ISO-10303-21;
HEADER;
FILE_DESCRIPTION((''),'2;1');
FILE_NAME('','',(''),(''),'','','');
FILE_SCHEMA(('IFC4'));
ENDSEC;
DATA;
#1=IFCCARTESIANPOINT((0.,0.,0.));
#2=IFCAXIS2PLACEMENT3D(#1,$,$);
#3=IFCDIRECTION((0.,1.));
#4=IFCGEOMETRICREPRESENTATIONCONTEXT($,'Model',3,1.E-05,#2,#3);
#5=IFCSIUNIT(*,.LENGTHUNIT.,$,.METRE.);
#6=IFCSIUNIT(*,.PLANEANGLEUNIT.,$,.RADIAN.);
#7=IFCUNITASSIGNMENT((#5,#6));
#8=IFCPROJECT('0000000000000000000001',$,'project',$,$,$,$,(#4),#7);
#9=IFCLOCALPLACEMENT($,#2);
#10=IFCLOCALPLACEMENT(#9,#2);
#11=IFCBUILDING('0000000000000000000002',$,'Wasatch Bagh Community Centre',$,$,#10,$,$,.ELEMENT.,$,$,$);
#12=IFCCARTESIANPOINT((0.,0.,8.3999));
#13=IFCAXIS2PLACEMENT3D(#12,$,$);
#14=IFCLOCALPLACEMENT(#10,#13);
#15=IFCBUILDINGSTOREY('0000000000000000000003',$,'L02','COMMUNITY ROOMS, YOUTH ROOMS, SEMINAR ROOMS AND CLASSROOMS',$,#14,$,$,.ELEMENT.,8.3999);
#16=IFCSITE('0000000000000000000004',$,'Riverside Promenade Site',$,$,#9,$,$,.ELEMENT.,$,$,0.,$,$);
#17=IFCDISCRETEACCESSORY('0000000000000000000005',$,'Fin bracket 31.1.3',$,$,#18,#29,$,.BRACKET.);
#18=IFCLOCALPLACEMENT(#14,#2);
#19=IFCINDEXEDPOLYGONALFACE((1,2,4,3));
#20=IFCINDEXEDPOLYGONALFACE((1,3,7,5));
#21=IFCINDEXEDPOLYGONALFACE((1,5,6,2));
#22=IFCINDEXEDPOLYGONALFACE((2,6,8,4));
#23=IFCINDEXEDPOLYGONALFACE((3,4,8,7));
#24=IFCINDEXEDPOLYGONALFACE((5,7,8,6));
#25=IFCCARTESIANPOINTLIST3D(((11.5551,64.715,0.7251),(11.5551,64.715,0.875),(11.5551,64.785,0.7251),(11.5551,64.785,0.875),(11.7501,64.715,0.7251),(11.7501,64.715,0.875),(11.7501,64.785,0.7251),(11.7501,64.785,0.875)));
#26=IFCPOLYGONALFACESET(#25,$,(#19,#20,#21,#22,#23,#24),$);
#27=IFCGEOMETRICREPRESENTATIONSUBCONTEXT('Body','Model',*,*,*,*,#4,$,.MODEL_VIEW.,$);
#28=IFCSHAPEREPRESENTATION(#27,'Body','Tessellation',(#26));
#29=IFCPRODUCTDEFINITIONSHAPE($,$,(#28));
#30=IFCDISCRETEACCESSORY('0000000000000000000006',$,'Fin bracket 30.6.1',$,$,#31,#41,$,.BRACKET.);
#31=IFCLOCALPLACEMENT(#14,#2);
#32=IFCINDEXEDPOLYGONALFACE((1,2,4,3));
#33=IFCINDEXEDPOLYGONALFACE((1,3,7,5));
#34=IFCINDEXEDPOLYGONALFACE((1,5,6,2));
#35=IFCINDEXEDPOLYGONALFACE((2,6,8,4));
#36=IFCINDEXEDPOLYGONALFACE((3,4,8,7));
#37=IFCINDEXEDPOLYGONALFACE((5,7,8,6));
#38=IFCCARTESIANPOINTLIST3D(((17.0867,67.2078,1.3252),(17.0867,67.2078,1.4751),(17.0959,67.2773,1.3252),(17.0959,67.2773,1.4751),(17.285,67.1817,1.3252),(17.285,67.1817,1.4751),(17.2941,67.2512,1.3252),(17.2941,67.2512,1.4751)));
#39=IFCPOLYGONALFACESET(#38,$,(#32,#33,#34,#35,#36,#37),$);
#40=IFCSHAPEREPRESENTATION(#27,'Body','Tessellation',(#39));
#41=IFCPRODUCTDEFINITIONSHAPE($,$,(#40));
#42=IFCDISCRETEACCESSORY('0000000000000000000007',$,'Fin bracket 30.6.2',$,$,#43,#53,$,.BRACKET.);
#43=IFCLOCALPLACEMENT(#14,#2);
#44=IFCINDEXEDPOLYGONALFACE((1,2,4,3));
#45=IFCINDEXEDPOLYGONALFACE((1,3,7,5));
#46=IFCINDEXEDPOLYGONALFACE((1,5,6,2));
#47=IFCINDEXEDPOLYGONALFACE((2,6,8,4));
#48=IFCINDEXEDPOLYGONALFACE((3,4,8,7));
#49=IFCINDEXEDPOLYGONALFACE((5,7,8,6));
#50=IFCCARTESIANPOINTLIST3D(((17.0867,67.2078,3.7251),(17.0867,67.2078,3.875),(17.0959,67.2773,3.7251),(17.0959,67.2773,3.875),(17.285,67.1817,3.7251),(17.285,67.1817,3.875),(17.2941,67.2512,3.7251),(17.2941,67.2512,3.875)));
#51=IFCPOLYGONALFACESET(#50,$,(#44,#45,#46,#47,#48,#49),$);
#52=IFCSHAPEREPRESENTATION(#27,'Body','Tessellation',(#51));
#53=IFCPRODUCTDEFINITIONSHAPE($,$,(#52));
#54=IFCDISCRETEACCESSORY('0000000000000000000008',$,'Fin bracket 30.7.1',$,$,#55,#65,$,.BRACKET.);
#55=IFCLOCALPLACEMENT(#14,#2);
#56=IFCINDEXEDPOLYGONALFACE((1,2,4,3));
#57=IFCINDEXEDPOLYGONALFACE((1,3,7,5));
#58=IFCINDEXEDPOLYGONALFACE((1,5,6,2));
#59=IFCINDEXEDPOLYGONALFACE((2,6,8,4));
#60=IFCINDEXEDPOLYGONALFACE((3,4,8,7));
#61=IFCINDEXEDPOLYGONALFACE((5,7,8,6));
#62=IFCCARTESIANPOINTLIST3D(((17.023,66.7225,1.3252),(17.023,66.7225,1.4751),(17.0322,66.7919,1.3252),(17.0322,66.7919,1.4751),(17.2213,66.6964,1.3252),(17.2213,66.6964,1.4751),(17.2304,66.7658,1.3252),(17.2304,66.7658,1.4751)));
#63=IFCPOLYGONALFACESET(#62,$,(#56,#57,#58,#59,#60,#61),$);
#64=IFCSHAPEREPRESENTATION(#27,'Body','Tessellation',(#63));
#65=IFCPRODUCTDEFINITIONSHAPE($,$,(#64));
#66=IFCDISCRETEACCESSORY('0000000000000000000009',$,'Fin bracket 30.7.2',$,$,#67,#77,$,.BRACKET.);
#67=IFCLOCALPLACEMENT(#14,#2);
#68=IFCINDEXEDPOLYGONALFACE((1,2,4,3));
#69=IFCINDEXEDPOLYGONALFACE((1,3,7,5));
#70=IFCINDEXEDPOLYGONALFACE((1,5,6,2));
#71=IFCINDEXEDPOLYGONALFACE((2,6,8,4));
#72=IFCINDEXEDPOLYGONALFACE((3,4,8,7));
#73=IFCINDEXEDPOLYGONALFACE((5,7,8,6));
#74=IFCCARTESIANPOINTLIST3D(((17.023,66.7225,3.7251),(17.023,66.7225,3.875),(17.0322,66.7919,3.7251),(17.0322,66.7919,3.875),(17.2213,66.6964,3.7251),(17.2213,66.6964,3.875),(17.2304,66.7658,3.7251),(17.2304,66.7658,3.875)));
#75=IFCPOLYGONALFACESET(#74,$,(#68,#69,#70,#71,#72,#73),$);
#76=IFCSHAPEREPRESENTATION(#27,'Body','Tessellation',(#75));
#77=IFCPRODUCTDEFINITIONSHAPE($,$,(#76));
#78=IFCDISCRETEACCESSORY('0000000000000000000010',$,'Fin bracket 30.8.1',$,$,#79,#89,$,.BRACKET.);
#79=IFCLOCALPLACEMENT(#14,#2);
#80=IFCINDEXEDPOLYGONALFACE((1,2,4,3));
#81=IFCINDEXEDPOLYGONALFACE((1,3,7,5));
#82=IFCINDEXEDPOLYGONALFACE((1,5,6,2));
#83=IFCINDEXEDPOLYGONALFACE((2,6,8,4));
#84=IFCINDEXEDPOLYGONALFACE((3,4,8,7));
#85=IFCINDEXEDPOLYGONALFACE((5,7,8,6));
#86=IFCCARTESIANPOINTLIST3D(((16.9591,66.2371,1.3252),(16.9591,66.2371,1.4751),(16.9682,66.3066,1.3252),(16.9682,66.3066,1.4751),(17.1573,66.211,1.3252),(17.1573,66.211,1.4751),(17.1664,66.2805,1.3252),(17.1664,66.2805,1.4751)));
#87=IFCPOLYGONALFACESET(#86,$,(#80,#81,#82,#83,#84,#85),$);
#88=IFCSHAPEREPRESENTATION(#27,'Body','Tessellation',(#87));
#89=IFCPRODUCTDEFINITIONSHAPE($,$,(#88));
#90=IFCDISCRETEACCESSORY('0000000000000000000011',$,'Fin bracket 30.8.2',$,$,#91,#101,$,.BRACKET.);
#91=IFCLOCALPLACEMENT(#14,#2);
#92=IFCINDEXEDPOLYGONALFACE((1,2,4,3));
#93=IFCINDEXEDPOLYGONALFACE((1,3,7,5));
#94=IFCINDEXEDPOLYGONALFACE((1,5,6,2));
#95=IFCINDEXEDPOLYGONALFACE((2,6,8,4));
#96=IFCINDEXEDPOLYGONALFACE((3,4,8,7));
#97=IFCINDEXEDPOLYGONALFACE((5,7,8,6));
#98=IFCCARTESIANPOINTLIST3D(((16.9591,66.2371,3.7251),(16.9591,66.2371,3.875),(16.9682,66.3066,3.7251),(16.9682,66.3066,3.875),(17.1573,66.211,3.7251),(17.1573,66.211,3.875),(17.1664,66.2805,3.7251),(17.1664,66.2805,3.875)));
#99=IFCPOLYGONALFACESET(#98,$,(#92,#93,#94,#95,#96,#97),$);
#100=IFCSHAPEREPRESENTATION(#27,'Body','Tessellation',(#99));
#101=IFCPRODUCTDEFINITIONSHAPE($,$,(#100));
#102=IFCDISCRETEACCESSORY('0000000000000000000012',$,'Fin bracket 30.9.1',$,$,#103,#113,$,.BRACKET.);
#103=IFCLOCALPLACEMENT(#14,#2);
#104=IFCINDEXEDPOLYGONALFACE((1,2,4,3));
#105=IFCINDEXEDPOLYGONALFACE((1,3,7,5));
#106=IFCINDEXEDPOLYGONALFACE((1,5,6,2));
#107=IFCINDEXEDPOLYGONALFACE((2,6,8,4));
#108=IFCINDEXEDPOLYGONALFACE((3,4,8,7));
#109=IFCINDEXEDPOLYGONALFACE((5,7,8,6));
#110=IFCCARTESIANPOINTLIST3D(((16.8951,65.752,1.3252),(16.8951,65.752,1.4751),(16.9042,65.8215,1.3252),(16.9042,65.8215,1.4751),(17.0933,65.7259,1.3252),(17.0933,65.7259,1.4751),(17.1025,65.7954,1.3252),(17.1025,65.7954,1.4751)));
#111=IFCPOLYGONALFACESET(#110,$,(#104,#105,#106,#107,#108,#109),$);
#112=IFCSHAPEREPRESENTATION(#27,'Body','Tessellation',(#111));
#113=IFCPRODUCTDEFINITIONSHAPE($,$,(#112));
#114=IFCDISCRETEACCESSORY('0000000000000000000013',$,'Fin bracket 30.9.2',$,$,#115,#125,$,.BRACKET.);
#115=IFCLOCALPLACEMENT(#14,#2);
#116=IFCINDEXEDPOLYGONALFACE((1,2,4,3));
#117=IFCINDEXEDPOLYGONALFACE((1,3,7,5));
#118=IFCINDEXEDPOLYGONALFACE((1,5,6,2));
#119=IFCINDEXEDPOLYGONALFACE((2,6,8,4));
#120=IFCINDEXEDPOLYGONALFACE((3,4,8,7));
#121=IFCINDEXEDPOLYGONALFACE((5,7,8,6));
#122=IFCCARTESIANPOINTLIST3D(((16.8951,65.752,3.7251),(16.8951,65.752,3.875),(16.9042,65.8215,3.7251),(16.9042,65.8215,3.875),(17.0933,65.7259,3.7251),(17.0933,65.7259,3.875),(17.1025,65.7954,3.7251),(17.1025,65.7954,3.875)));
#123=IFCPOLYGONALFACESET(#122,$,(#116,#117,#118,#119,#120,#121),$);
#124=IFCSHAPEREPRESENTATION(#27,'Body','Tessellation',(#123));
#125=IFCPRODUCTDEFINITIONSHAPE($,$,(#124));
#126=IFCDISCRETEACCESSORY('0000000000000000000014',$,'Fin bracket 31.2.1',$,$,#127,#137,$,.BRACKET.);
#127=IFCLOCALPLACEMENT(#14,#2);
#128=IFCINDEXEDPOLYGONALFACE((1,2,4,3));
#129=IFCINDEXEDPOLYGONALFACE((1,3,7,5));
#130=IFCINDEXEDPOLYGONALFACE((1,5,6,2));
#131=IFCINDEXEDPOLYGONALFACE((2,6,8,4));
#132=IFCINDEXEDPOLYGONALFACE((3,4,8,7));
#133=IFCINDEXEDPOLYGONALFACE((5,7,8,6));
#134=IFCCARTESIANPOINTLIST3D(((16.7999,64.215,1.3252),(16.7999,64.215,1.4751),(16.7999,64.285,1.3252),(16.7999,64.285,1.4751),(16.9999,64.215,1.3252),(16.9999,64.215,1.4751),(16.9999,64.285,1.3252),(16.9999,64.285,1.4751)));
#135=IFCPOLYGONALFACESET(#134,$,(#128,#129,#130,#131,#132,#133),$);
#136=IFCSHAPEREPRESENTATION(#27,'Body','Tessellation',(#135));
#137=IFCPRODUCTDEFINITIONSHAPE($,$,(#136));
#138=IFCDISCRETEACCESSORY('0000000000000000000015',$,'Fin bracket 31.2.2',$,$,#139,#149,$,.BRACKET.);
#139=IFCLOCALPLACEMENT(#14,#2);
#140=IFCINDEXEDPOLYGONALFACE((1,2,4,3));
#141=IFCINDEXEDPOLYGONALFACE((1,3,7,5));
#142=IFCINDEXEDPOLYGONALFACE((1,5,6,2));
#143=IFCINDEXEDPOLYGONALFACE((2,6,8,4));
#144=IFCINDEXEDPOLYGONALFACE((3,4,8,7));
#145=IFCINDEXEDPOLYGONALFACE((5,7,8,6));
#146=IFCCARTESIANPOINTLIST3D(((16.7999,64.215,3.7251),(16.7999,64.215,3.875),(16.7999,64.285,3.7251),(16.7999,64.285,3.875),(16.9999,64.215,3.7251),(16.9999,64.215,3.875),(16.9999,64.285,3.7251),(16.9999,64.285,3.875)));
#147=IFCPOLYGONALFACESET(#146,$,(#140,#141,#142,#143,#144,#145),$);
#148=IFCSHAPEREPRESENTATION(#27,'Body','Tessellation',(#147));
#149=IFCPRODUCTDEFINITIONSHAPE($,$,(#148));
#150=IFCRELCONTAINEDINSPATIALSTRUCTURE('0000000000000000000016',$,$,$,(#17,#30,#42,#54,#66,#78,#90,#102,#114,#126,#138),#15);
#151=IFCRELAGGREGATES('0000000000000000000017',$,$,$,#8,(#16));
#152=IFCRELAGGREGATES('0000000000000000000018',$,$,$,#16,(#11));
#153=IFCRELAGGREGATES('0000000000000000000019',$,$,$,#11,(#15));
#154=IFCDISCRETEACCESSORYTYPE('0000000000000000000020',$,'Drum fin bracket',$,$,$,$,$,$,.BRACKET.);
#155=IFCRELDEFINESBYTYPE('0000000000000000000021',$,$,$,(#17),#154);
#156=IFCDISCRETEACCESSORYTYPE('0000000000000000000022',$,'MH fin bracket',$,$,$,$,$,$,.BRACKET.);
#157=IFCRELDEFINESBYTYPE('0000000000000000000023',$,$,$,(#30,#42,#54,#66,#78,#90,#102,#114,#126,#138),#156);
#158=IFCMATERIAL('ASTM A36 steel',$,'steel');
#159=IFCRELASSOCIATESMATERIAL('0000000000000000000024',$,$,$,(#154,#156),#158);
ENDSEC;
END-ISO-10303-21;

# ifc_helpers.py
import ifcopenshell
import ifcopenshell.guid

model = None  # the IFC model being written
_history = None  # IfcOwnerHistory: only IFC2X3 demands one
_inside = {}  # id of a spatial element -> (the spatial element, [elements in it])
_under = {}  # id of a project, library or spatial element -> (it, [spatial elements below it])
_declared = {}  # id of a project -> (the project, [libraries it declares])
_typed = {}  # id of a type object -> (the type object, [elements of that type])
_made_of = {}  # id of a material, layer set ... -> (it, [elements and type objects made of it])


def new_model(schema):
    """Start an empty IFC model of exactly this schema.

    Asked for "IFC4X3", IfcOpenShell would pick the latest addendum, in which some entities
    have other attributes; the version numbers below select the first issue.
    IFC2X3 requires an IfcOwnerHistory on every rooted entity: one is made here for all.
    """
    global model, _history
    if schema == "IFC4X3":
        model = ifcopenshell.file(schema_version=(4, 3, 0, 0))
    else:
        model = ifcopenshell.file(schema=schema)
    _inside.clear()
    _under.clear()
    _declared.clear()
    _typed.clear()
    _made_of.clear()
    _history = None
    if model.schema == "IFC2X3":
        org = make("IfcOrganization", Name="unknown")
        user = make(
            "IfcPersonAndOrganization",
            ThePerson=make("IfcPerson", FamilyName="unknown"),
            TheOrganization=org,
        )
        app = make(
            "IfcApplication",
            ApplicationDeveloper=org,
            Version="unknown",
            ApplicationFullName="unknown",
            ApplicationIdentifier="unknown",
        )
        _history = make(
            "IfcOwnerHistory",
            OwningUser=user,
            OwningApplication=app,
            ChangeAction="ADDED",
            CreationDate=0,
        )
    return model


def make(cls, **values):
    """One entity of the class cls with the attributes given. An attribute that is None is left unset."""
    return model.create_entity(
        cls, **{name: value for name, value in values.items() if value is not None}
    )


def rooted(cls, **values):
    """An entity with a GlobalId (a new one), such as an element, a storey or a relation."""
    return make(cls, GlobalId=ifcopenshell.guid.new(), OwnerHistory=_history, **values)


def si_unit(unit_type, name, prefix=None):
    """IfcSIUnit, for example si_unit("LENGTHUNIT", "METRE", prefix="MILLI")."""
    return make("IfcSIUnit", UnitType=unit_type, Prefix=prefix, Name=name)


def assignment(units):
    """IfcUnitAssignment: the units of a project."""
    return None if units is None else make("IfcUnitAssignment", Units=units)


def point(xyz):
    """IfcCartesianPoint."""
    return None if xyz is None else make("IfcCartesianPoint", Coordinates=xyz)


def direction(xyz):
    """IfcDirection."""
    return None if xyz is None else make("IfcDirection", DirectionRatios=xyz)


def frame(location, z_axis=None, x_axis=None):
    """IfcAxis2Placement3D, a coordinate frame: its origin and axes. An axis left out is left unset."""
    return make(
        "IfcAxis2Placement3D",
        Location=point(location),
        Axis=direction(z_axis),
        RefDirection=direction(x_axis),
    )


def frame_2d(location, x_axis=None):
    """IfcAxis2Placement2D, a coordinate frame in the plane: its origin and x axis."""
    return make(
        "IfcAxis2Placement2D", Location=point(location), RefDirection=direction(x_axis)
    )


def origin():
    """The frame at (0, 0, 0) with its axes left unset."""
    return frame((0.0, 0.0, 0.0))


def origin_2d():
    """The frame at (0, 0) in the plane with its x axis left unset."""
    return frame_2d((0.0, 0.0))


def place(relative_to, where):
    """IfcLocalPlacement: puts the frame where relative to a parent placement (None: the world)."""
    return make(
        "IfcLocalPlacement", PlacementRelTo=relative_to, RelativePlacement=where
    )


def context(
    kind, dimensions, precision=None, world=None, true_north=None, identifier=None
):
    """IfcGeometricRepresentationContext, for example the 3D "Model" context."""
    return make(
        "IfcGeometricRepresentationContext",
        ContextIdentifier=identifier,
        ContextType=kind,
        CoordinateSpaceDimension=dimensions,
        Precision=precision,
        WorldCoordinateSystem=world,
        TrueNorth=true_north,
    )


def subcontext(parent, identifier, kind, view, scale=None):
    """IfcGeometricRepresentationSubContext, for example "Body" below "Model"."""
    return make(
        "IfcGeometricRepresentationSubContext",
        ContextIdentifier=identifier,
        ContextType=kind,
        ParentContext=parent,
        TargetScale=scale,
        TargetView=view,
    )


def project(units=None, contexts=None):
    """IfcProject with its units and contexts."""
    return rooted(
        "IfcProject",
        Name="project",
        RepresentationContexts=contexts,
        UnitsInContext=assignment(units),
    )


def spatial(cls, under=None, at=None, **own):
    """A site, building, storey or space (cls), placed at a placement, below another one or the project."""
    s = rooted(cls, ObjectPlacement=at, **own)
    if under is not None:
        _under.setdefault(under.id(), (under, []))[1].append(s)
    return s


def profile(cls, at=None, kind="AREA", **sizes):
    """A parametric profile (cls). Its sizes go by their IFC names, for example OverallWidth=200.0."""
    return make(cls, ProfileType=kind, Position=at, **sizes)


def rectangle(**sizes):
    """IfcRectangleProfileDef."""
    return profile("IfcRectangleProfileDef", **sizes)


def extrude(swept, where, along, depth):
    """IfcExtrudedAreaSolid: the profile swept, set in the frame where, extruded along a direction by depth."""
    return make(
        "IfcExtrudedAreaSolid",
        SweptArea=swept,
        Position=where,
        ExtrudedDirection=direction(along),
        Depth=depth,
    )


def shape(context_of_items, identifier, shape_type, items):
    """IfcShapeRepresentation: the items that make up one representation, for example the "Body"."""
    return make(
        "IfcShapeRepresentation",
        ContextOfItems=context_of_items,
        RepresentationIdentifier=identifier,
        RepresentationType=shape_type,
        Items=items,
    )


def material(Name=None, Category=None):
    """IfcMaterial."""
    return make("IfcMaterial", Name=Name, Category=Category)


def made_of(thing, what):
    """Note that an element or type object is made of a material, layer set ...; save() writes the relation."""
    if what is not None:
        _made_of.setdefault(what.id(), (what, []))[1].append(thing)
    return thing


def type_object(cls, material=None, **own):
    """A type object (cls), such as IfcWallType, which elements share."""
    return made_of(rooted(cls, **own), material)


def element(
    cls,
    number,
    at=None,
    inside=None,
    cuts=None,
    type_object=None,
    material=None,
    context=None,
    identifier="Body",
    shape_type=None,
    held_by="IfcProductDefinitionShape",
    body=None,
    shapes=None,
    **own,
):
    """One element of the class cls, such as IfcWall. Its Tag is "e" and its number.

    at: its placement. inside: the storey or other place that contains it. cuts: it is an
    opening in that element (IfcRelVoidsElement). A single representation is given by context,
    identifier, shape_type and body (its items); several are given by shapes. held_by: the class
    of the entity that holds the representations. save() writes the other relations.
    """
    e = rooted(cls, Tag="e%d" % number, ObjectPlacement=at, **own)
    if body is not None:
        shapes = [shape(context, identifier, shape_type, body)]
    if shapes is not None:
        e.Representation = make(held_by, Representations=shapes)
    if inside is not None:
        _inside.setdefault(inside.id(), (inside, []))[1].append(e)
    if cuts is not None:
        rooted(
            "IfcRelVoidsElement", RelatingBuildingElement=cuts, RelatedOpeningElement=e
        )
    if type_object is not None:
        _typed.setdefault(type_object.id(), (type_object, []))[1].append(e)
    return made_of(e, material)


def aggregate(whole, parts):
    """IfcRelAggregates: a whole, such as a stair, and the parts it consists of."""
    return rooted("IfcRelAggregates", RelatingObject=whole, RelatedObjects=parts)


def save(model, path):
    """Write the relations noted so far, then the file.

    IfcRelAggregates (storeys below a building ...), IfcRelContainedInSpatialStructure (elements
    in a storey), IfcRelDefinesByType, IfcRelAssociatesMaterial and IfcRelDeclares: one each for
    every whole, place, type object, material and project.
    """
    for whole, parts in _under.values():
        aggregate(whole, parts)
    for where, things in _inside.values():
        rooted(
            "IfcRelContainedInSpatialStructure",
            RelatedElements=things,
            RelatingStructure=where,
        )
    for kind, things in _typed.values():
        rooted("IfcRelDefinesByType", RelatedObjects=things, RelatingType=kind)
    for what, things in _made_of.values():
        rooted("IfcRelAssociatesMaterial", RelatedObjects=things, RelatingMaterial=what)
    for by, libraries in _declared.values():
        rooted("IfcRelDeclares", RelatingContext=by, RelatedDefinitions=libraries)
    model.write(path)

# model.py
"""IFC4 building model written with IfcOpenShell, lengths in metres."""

from ifc_helpers import new_model, si_unit, direction, frame, origin, origin_2d, place, context, subcontext, project, spatial, rectangle, extrude, material, type_object, element, save


model = new_model("IFC4")

# Units and contexts
model_context = context("Model", 3, precision=1e-05, world=origin(), true_north=direction((0.0, 1.0)))
body_context = subcontext(model_context, "Body", "Model", "MODEL_VIEW")
ifc_project = project(units=[si_unit("LENGTHUNIT", "METRE"), si_unit("PLANEANGLEUNIT", "RADIAN")], contexts=[model_context])

# Site, building, storey
site_placement = place(None, origin())
site = spatial("IfcSite", under=ifc_project, at=site_placement, Name="Riverside Promenade Site", CompositionType="ELEMENT", RefElevation=0.0)
building_placement = place(site_placement, origin())
building = spatial("IfcBuilding", under=site, at=building_placement, Name="Wasatch Bagh Community Centre", CompositionType="ELEMENT")
storey_placement = place(building_placement, frame((0.0, 0.0, 8.3999)))
storey = spatial("IfcBuildingStorey", under=building, at=storey_placement, Name="L02", Description="COMMUNITY ROOMS, YOUTH ROOMS, SEMINAR ROOMS AND CLASSROOMS", CompositionType="ELEMENT", Elevation=8.3999)

# Discrete accessories
ifc_material_1 = material(Name="ASTM A36 steel", Category="steel")
discrete_accessory_type_1 = type_object("IfcDiscreteAccessoryType", Name="Drum fin bracket", PredefinedType="BRACKET", material=ifc_material_1)
discrete_accessory_placement = place(storey_placement, frame((11.6526, 64.75, 0.7251), z_axis=(0.0, 0.0, 1.0), x_axis=(0.0, -1.0, 0.0)))
element("IfcDiscreteAccessory", 1, at=discrete_accessory_placement, inside=storey, type_object=discrete_accessory_type_1, Name="Fin bracket 31.1.3", PredefinedType="BRACKET", context=body_context, shape_type="SweptSolid", body=[
    extrude(rectangle(XDim=0.0701, YDim=0.1951, at=origin_2d()), origin(), (0.0, 0.0, 1.0), 0.1499),
])
discrete_accessory_type_2 = type_object("IfcDiscreteAccessoryType", Name="MH fin bracket", PredefinedType="BRACKET", material=ifc_material_1)
for number, where, z_axis, x_axis, name in (
    (2, (17.1904, 67.2295, 1.3252), (0.0, 0.0, 1.0), (-0.130526, -0.991445, 0.0), "Fin bracket 30.6.1"),
    (3, (17.1904, 67.2295, 3.7251), (0.0, 0.0, 1.0), (-0.130526, -0.991445, 0.0), "Fin bracket 30.6.2"),
    (4, (17.1267, 66.7441, 1.3252), (0.0, 0.0, 1.0), (-0.130526, -0.991445, 0.0), "Fin bracket 30.7.1"),
    (5, (17.1267, 66.7441, 3.7251), (0.0, 0.0, 1.0), (-0.130526, -0.991445, 0.0), "Fin bracket 30.7.2"),
    (6, (17.0627, 66.2588, 1.3252), (0.0, 0.0, 1.0), (-0.130526, -0.991445, 0.0), "Fin bracket 30.8.1"),
    (7, (17.0627, 66.2588, 3.7251), (0.0, 0.0, 1.0), (-0.130526, -0.991445, 0.0), "Fin bracket 30.8.2"),
    (8, (16.9988, 65.7737, 1.3252), (0.0, 0.0, 1.0), (-0.130526, -0.991445, 0.0), "Fin bracket 30.9.1"),
    (9, (16.9988, 65.7737, 3.7251), (0.0, 0.0, 1.0), (-0.130526, -0.991445, 0.0), "Fin bracket 30.9.2"),
    (10, (16.8999, 64.25, 1.3252), (0.0, 0.0, 1.0), (0.0, -1.0, 0.0), "Fin bracket 31.2.1"),
    (11, (16.8999, 64.25, 3.7251), (0.0, 0.0, 1.0), (0.0, -1.0, 0.0), "Fin bracket 31.2.2"),
):
    element("IfcDiscreteAccessory", number, at=place(storey_placement, frame(where, z_axis=z_axis, x_axis=x_axis)), inside=storey, type_object=discrete_accessory_type_2, Name=name, PredefinedType="BRACKET", context=body_context, shape_type="SweptSolid", body=[
        extrude(rectangle(XDim=0.0701, YDim=0.2, at=origin_2d()), origin(), (0.0, 0.0, 1.0), 0.1499),
    ])

save(model, "model.ifc")
